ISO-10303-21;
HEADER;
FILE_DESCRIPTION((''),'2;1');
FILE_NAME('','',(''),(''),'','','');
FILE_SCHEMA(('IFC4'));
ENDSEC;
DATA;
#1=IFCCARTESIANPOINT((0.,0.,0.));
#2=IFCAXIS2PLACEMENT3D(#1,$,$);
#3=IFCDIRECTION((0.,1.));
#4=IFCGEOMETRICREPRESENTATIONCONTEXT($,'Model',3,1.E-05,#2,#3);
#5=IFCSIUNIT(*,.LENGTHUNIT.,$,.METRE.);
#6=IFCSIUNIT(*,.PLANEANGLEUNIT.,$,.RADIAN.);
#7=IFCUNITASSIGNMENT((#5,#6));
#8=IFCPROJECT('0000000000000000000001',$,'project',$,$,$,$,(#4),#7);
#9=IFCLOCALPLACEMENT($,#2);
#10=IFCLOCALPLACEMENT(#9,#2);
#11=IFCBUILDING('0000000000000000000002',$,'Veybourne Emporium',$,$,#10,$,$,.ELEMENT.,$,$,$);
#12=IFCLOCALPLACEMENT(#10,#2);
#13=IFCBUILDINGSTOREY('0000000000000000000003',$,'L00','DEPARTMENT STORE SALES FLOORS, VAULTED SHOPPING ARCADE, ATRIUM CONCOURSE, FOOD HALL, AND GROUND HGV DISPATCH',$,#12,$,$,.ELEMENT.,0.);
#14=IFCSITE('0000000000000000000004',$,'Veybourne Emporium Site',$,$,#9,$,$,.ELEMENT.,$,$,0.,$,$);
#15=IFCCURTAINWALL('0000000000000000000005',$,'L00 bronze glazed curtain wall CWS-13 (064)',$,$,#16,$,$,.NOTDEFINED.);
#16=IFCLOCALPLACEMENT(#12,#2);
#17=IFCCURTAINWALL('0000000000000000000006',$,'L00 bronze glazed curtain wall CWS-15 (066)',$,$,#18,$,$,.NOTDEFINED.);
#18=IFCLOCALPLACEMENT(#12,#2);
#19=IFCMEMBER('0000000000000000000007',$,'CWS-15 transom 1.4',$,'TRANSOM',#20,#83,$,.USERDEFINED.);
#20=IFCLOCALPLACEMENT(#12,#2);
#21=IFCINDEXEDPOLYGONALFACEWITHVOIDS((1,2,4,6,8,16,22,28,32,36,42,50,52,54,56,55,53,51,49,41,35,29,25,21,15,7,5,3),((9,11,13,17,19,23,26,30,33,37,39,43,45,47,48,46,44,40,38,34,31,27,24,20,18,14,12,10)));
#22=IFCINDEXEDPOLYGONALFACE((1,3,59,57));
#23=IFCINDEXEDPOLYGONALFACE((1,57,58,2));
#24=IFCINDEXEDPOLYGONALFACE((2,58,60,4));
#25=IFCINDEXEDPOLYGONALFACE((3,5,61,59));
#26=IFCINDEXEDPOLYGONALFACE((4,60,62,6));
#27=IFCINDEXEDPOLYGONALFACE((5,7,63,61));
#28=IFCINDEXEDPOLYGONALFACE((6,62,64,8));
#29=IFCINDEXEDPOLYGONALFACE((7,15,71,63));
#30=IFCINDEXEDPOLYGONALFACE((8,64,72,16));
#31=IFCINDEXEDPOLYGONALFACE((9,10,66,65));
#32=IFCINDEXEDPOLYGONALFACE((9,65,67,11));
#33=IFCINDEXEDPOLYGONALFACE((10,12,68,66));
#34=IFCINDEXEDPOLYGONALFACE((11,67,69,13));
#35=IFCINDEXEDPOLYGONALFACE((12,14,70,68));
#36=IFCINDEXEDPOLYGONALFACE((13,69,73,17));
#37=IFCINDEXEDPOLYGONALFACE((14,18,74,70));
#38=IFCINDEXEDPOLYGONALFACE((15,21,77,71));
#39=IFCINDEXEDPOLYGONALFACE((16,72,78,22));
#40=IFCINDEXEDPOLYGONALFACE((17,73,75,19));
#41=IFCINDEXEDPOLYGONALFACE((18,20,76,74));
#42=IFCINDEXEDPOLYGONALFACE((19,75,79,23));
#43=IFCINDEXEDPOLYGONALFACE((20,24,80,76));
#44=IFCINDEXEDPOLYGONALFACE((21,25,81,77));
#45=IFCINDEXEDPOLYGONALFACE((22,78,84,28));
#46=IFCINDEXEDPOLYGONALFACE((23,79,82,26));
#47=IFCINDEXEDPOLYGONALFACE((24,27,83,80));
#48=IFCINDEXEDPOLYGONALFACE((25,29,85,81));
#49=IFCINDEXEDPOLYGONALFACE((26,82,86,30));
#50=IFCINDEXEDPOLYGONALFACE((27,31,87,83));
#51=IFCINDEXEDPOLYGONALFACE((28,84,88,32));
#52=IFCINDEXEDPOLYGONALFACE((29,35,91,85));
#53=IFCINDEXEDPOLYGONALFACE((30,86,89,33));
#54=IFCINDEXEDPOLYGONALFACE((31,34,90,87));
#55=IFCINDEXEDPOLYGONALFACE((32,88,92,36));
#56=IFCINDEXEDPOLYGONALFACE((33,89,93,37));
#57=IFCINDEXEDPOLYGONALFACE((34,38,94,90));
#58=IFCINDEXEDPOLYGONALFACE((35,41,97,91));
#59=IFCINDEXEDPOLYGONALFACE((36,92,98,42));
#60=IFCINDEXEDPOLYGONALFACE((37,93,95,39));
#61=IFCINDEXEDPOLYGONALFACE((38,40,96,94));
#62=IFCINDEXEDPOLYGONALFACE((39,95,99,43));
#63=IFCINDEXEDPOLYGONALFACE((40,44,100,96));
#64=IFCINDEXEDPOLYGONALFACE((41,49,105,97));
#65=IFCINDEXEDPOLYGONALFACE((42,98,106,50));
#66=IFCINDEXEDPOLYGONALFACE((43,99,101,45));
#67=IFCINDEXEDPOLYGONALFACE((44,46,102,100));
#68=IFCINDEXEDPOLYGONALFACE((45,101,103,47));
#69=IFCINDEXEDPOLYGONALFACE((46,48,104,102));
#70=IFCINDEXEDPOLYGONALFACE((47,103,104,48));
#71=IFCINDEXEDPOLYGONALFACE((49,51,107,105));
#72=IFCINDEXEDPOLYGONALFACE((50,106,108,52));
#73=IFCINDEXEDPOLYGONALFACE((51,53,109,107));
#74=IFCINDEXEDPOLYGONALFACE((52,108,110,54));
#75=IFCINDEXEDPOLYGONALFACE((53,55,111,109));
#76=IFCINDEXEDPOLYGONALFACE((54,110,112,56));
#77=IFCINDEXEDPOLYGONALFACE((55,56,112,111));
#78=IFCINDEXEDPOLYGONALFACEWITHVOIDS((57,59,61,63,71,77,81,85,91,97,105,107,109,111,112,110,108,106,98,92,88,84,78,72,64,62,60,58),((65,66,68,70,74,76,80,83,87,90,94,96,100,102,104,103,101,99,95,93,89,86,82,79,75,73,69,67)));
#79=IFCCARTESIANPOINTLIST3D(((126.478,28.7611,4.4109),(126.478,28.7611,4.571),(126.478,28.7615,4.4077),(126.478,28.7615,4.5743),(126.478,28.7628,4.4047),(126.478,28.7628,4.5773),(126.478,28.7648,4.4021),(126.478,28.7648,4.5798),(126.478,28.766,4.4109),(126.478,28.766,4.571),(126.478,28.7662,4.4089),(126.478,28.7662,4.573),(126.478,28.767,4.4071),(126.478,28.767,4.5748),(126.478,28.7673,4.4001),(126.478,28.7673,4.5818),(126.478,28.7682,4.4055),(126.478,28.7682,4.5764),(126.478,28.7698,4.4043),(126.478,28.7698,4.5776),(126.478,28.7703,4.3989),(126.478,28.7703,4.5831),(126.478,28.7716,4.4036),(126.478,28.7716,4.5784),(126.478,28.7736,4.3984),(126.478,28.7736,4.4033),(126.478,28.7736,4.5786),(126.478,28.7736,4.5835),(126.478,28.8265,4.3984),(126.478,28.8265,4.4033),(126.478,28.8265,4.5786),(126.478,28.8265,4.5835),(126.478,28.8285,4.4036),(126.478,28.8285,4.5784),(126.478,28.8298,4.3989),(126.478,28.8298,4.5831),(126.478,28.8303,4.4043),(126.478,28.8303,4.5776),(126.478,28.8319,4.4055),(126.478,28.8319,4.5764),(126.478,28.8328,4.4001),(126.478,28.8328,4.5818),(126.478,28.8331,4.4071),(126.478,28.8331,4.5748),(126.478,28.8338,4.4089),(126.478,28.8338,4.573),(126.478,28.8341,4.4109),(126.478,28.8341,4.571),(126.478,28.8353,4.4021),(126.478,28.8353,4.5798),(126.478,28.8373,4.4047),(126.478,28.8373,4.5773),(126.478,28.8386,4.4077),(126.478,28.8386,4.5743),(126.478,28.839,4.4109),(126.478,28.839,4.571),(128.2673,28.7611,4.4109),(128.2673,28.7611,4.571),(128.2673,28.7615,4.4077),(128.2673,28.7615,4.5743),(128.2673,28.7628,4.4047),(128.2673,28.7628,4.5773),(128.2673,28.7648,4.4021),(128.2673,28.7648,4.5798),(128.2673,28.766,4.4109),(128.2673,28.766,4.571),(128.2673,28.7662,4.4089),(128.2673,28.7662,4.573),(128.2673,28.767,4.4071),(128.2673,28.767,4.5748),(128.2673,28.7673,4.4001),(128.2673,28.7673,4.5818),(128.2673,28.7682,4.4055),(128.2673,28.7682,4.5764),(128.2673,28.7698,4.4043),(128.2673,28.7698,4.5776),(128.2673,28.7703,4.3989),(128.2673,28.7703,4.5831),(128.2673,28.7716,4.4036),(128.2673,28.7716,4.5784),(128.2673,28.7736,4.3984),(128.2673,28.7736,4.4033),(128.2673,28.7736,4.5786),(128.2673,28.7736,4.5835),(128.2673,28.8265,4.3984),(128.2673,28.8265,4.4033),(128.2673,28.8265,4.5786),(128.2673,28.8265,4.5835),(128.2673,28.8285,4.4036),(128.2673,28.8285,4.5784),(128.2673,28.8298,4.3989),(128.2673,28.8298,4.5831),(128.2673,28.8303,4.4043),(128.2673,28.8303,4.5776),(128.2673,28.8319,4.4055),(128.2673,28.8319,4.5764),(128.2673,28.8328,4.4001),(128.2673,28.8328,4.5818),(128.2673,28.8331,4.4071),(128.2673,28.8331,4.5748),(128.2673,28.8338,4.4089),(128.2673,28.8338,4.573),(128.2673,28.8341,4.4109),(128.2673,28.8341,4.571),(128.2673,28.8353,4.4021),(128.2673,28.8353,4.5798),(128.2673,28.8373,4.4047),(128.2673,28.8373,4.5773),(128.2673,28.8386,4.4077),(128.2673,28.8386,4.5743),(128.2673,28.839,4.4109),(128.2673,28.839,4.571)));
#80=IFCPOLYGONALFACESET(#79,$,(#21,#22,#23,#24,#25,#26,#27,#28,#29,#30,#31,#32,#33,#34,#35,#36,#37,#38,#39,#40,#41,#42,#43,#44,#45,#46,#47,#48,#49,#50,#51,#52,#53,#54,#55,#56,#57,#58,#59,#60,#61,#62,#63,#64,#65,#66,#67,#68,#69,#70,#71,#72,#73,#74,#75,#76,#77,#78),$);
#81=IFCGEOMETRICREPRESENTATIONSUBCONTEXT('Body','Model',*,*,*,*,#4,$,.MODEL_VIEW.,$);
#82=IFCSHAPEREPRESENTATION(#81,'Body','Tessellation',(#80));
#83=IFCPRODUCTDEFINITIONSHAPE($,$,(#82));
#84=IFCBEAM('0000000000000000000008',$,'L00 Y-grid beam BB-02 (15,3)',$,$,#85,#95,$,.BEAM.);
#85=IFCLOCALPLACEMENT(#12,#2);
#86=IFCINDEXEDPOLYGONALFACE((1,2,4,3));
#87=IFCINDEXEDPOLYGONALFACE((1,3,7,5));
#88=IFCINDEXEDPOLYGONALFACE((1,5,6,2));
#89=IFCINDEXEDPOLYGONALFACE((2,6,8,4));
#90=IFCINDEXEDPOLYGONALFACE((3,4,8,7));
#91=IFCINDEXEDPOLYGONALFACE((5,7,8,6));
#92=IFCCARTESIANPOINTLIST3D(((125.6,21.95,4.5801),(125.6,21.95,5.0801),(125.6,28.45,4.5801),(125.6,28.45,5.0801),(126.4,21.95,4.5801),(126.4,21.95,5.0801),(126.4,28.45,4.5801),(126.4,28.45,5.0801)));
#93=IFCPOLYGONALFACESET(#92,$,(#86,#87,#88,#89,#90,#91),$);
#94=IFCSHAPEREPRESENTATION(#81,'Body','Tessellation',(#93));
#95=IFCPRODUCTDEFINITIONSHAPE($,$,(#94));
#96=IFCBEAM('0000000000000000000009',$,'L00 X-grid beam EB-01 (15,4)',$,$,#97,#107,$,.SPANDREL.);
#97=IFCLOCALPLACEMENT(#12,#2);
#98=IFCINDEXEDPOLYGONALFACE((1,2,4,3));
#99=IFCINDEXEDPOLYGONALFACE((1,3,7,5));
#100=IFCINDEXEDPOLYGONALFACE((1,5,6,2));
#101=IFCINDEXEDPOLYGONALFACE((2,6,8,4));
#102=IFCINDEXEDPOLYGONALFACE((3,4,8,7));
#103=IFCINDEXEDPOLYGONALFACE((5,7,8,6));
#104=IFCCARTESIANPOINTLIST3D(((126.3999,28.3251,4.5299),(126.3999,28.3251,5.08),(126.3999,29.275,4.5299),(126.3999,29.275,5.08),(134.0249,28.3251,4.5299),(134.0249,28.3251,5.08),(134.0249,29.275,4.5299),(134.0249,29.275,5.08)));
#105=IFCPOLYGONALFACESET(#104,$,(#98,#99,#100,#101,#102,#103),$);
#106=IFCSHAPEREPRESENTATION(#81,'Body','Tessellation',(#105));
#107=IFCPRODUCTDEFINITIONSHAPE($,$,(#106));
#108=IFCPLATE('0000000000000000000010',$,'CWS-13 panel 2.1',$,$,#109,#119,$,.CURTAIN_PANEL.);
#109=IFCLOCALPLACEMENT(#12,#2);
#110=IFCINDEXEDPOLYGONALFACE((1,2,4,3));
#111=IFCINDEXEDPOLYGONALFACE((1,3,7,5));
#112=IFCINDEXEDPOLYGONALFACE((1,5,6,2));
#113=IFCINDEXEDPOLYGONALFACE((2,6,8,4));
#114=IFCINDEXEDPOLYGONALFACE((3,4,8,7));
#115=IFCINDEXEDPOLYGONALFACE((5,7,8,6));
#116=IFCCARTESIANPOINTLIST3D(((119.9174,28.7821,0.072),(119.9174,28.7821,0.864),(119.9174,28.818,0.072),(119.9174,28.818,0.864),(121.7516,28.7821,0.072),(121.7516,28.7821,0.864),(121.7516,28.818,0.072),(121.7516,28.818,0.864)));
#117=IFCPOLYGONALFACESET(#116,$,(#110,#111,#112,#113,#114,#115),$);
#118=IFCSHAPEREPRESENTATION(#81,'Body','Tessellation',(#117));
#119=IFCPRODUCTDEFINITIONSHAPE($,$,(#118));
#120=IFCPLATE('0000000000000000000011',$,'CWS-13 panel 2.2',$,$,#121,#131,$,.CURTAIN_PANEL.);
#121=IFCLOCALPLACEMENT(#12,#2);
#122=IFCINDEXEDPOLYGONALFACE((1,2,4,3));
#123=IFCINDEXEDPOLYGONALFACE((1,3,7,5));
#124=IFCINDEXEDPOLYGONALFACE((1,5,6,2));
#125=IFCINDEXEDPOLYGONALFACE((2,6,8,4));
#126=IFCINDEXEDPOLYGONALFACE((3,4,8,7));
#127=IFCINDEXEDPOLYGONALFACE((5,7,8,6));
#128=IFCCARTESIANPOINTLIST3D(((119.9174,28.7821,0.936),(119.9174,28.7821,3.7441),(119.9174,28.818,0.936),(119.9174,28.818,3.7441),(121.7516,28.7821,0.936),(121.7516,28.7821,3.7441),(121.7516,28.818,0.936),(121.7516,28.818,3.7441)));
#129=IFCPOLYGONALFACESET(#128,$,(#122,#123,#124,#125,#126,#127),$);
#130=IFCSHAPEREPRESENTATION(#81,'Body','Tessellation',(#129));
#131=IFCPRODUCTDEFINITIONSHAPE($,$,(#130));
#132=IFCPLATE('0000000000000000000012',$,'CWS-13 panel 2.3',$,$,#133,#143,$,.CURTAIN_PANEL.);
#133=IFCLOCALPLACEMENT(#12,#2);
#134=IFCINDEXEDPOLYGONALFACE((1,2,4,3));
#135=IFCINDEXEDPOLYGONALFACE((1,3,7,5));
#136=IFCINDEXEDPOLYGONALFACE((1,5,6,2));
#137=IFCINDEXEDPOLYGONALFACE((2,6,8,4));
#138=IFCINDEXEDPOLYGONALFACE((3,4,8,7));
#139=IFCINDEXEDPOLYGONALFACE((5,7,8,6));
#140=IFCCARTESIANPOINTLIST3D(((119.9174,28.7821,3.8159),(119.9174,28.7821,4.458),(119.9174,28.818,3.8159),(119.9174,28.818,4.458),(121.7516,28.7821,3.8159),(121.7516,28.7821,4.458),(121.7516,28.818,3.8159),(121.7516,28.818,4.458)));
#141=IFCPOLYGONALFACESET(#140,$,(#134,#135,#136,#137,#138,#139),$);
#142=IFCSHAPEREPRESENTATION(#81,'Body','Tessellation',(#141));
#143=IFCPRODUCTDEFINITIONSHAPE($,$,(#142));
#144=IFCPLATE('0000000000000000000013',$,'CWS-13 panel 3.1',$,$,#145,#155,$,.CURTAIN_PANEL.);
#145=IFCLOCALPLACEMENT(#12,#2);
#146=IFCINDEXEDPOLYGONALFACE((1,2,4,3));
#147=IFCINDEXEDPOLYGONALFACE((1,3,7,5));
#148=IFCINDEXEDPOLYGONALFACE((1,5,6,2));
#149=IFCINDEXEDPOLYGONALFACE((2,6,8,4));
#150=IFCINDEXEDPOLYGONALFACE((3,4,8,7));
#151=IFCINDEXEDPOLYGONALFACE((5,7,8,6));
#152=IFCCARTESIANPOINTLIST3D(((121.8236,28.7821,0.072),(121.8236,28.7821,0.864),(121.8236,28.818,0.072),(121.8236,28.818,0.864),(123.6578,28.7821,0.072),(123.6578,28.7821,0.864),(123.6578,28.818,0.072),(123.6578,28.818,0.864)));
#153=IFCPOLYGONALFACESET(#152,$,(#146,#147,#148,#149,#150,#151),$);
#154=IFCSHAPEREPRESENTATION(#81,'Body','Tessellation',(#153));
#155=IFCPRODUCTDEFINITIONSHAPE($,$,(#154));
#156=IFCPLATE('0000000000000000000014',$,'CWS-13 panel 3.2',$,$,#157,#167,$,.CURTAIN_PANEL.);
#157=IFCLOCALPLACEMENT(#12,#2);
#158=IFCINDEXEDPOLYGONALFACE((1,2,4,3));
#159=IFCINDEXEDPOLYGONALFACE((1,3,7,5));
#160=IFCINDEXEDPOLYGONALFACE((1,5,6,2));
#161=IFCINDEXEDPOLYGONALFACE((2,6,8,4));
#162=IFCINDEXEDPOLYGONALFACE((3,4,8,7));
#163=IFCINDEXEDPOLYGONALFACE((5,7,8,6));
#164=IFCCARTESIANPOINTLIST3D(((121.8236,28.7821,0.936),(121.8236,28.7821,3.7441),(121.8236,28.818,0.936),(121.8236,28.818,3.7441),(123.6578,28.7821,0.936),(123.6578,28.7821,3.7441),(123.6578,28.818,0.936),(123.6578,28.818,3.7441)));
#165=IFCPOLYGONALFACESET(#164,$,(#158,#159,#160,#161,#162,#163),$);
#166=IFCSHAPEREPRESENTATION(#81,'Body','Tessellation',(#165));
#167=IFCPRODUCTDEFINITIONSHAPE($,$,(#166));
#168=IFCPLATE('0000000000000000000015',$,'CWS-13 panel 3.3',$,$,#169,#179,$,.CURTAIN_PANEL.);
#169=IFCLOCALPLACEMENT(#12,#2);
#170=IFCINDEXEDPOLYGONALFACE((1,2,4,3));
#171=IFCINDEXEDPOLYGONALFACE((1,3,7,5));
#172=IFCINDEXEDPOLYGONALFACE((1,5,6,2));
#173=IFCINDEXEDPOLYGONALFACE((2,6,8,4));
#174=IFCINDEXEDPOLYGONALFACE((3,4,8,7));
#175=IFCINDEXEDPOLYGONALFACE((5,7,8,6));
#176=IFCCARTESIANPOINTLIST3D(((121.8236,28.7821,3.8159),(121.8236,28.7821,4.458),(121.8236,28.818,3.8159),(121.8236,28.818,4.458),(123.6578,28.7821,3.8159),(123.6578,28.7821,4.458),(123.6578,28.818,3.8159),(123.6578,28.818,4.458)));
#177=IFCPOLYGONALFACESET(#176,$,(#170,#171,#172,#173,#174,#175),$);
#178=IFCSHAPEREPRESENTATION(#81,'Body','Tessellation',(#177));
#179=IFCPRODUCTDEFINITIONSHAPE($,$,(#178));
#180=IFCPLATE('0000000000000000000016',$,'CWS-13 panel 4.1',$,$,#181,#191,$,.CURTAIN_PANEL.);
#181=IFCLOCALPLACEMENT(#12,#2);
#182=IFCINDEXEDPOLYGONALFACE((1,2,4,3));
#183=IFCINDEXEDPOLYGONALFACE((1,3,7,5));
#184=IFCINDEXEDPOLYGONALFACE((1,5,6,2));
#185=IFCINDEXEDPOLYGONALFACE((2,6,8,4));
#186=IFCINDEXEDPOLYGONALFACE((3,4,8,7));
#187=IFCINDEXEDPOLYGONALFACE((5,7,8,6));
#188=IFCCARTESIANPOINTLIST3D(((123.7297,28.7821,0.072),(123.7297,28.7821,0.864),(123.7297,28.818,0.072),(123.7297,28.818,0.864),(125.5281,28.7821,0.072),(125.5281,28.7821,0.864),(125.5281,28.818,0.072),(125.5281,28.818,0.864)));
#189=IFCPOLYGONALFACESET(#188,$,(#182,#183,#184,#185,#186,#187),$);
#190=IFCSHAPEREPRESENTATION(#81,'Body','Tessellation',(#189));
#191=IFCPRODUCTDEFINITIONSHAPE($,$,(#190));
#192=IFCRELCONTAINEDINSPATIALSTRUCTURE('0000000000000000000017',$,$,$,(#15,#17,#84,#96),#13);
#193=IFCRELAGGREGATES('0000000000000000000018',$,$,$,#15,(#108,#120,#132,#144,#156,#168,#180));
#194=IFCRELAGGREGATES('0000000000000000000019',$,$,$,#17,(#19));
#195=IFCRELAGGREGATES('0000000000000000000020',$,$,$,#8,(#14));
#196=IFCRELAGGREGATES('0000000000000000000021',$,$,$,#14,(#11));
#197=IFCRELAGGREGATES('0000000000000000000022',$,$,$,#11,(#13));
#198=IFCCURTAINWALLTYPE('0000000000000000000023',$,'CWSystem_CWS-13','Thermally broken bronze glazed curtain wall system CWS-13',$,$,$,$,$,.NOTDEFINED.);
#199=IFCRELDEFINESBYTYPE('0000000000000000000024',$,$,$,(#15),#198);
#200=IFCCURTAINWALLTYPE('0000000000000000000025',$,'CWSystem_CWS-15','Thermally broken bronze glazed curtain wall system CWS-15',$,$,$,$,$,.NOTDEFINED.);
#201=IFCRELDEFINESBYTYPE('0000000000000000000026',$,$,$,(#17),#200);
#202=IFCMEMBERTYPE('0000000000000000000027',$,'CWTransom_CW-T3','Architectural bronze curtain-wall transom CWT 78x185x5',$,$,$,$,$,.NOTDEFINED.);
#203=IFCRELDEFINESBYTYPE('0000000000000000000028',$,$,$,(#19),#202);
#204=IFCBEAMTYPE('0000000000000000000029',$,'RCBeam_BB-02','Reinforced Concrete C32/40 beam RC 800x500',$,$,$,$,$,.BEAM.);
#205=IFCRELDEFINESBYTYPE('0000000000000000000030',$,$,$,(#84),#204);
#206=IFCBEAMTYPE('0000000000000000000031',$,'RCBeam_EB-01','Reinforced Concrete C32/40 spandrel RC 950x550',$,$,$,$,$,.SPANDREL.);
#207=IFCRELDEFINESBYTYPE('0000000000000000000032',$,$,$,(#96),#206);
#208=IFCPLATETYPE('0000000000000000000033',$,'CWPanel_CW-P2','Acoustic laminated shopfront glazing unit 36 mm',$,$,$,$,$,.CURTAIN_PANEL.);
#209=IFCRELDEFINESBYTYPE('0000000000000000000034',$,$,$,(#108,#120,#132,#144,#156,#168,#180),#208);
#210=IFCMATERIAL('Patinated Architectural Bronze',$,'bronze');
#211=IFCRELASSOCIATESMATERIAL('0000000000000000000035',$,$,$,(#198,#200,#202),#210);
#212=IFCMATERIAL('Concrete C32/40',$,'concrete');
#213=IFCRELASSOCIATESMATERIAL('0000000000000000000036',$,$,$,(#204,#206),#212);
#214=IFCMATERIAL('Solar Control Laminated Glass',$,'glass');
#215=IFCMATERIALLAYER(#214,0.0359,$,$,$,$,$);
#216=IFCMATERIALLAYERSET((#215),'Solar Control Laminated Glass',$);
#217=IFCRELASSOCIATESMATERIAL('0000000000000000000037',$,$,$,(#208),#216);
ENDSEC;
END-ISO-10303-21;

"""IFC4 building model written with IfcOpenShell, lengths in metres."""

from ifc_helpers import new_model, si_unit, direction, frame, origin, origin_2d, place, context, subcontext, project, spatial, rectangle, hollow_rectangle, extrude, material, layer, layer_set, material_profile, profile_set, type_object, element, aggregate, save


model = new_model("IFC4")

# Units and contexts
model_context = context("Model", 3, precision=1e-05, world=origin(), true_north=direction((0.0, 1.0)))
body_context = subcontext(model_context, "Body", "Model", "MODEL_VIEW")
ifc_project = project(units=[si_unit("LENGTHUNIT", "METRE"), si_unit("PLANEANGLEUNIT", "RADIAN")], contexts=[model_context])

# Site, building, storey
site_placement = place(None, origin())
site = spatial("IfcSite", under=ifc_project, at=site_placement, Name="Veybourne Emporium Site", CompositionType="ELEMENT", RefElevation=0.0)
building_placement = place(site_placement, origin())
building = spatial("IfcBuilding", under=site, at=building_placement, Name="Veybourne Emporium", CompositionType="ELEMENT")
storey_placement = place(building_placement, origin())
storey = spatial("IfcBuildingStorey", under=building, at=storey_placement, Name="L00", Description="DEPARTMENT STORE SALES FLOORS, VAULTED SHOPPING ARCADE, ATRIUM CONCOURSE, FOOD HALL, AND GROUND HGV DISPATCH", CompositionType="ELEMENT", Elevation=0.0)

# Curtain wall
ifc_material_1 = material(Name="Patinated Architectural Bronze", Category="bronze")
curtain_wall_type_1 = type_object("IfcCurtainWallType", Name="CWSystem_CWS-13", Description="Thermally broken bronze glazed curtain wall system CWS-13", PredefinedType="NOTDEFINED", material=ifc_material_1)
curtain_wall_1_placement = place(storey_placement, origin())
curtain_wall_1 = element("IfcCurtainWall", 1, at=curtain_wall_1_placement, inside=storey, type_object=curtain_wall_type_1, Name="L00 bronze glazed curtain wall CWS-13 (064)", PredefinedType="NOTDEFINED")

# Curtain wall
curtain_wall_type_2 = type_object("IfcCurtainWallType", Name="CWSystem_CWS-15", Description="Thermally broken bronze glazed curtain wall system CWS-15", PredefinedType="NOTDEFINED", material=ifc_material_1)
curtain_wall_2_placement = place(storey_placement, origin())
curtain_wall_2 = element("IfcCurtainWall", 2, at=curtain_wall_2_placement, inside=storey, type_object=curtain_wall_type_2, Name="L00 bronze glazed curtain wall CWS-15 (066)", PredefinedType="NOTDEFINED")

# Member
ifc_material_profile_1 = material_profile(ifc_material_1, hollow_rectangle(XDim=0.0779, YDim=0.1851, WallThickness=0.0049, InnerFilletRadius=0.0076, OuterFilletRadius=0.0125, at=origin_2d()), Name="CWT 78x185x5")
ifc_profile_set_1 = profile_set([ifc_material_profile_1], Name="Patinated Architectural Bronze")
member_type_1 = type_object("IfcMemberType", Name="CWTransom_CW-T3", Description="Architectural bronze curtain-wall transom CWT 78x185x5", PredefinedType="NOTDEFINED", material=ifc_profile_set_1)
member_1_placement = place(storey_placement, frame((126.478, 28.8, 4.491), z_axis=(1.0, 0.0, 0.0), x_axis=(0.0, 1.0, 0.0)))
member_1 = element("IfcMember", 3, at=member_1_placement, type_object=member_type_1, Name="CWS-15 transom 1.4", ObjectType="TRANSOM", PredefinedType="USERDEFINED", context=body_context, shape_type="SweptSolid", body=[
    extrude(hollow_rectangle(XDim=0.0779, YDim=0.1851, WallThickness=0.0049, InnerFilletRadius=0.0076, OuterFilletRadius=0.0125, at=origin_2d()), origin(), (0.0, 0.0, 1.0), 1.7893),
])

# Beams
ifc_material_2 = material(Name="Concrete C32/40", Category="concrete")
ifc_material_profile_2 = material_profile(ifc_material_2, rectangle(XDim=0.8, YDim=0.5, at=origin_2d()), Name="RC 800x500")
ifc_profile_set_2 = profile_set([ifc_material_profile_2], Name="Concrete C32/40")
beam_type_1 = type_object("IfcBeamType", Name="RCBeam_BB-02", Description="Reinforced Concrete C32/40 beam RC 800x500", PredefinedType="BEAM", material=ifc_profile_set_2)
beam_1_placement = place(storey_placement, frame((126.0, 21.95, 4.8301), z_axis=(0.0, 1.0, 0.0), x_axis=(-1.0, 0.0, 0.0)))
element("IfcBeam", 4, at=beam_1_placement, inside=storey, type_object=beam_type_1, Name="L00 Y-grid beam BB-02 (15,3)", PredefinedType="BEAM", context=body_context, shape_type="SweptSolid", body=[
    extrude(rectangle(XDim=0.8, YDim=0.5, at=origin_2d()), origin(), (0.0, 0.0, 1.0), 6.5),
])
ifc_material_profile_3 = material_profile(ifc_material_2, rectangle(XDim=0.95, YDim=0.55, at=origin_2d()), Name="RC 950x550")
ifc_profile_set_3 = profile_set([ifc_material_profile_3], Name="Concrete C32/40")
beam_type_2 = type_object("IfcBeamType", Name="RCBeam_EB-01", Description="Reinforced Concrete C32/40 spandrel RC 950x550", PredefinedType="SPANDREL", material=ifc_profile_set_3)
beam_2_placement = place(storey_placement, frame((126.3999, 28.8, 4.8049), z_axis=(1.0, 0.0, 0.0), x_axis=(0.0, 1.0, 0.0)))
element("IfcBeam", 5, at=beam_2_placement, inside=storey, type_object=beam_type_2, Name="L00 X-grid beam EB-01 (15,4)", PredefinedType="SPANDREL", context=body_context, shape_type="SweptSolid", body=[
    extrude(rectangle(XDim=0.95, YDim=0.55, at=origin_2d()), origin(), (0.0, 0.0, 1.0), 7.625),
])

# Plates
ifc_material_3 = material(Name="Solar Control Laminated Glass", Category="glass")
ifc_layer = layer(ifc_material_3, 0.0359)
ifc_layer_set = layer_set([ifc_layer], Name="Solar Control Laminated Glass")
plate_type = type_object("IfcPlateType", Name="CWPanel_CW-P2", Description="Acoustic laminated shopfront glazing unit 36 mm", PredefinedType="CURTAIN_PANEL", material=ifc_layer_set)
plate_1_placement = place(storey_placement, frame((120.8345, 28.8, 0.072), z_axis=(0.0, 0.0, 1.0), x_axis=(1.0, 0.0, 0.0)))
plate_1 = element("IfcPlate", 6, at=plate_1_placement, type_object=plate_type, Name="CWS-13 panel 2.1", PredefinedType="CURTAIN_PANEL", context=body_context, shape_type="SweptSolid", body=[
    extrude(rectangle(XDim=1.8342, YDim=0.0359, at=origin_2d()), origin(), (0.0, 0.0, 1.0), 0.792),
])
plate_2_placement = place(storey_placement, frame((120.8345, 28.8, 0.936), z_axis=(0.0, 0.0, 1.0), x_axis=(1.0, 0.0, 0.0)))
plate_2 = element("IfcPlate", 7, at=plate_2_placement, type_object=plate_type, Name="CWS-13 panel 2.2", PredefinedType="CURTAIN_PANEL", context=body_context, shape_type="SweptSolid", body=[
    extrude(rectangle(XDim=1.8342, YDim=0.0359, at=origin_2d()), origin(), (0.0, 0.0, 1.0), 2.8081),
])
plate_3_placement = place(storey_placement, frame((120.8345, 28.8, 3.8159), z_axis=(0.0, 0.0, 1.0), x_axis=(1.0, 0.0, 0.0)))
plate_3 = element("IfcPlate", 8, at=plate_3_placement, type_object=plate_type, Name="CWS-13 panel 2.3", PredefinedType="CURTAIN_PANEL", context=body_context, shape_type="SweptSolid", body=[
    extrude(rectangle(XDim=1.8342, YDim=0.0359, at=origin_2d()), origin(), (0.0, 0.0, 1.0), 0.6421),
])
plate_4_placement = place(storey_placement, frame((122.7407, 28.8, 0.072), z_axis=(0.0, 0.0, 1.0), x_axis=(1.0, 0.0, 0.0)))
plate_4 = element("IfcPlate", 9, at=plate_4_placement, type_object=plate_type, Name="CWS-13 panel 3.1", PredefinedType="CURTAIN_PANEL", context=body_context, shape_type="SweptSolid", body=[
    extrude(rectangle(XDim=1.8342, YDim=0.0359, at=origin_2d()), origin(), (0.0, 0.0, 1.0), 0.792),
])
plate_5_placement = place(storey_placement, frame((122.7407, 28.8, 0.936), z_axis=(0.0, 0.0, 1.0), x_axis=(1.0, 0.0, 0.0)))
plate_5 = element("IfcPlate", 10, at=plate_5_placement, type_object=plate_type, Name="CWS-13 panel 3.2", PredefinedType="CURTAIN_PANEL", context=body_context, shape_type="SweptSolid", body=[
    extrude(rectangle(XDim=1.8342, YDim=0.0359, at=origin_2d()), origin(), (0.0, 0.0, 1.0), 2.8081),
])
plate_6_placement = place(storey_placement, frame((122.7407, 28.8, 3.8159), z_axis=(0.0, 0.0, 1.0), x_axis=(1.0, 0.0, 0.0)))
plate_6 = element("IfcPlate", 11, at=plate_6_placement, type_object=plate_type, Name="CWS-13 panel 3.3", PredefinedType="CURTAIN_PANEL", context=body_context, shape_type="SweptSolid", body=[
    extrude(rectangle(XDim=1.8342, YDim=0.0359, at=origin_2d()), origin(), (0.0, 0.0, 1.0), 0.6421),
])
plate_7_placement = place(storey_placement, frame((124.6289, 28.8, 0.072), z_axis=(0.0, 0.0, 1.0), x_axis=(1.0, 0.0, 0.0)))
plate_7 = element("IfcPlate", 12, at=plate_7_placement, type_object=plate_type, Name="CWS-13 panel 4.1", PredefinedType="CURTAIN_PANEL", context=body_context, shape_type="SweptSolid", body=[
    extrude(rectangle(XDim=1.7983, YDim=0.0359, at=origin_2d()), origin(), (0.0, 0.0, 1.0), 0.792),
])
aggregate(curtain_wall_1, [plate_1, plate_2, plate_3, plate_4, plate_5, plate_6, plate_7])
aggregate(curtain_wall_2, [member_1])

save(model, "model.ifc")
